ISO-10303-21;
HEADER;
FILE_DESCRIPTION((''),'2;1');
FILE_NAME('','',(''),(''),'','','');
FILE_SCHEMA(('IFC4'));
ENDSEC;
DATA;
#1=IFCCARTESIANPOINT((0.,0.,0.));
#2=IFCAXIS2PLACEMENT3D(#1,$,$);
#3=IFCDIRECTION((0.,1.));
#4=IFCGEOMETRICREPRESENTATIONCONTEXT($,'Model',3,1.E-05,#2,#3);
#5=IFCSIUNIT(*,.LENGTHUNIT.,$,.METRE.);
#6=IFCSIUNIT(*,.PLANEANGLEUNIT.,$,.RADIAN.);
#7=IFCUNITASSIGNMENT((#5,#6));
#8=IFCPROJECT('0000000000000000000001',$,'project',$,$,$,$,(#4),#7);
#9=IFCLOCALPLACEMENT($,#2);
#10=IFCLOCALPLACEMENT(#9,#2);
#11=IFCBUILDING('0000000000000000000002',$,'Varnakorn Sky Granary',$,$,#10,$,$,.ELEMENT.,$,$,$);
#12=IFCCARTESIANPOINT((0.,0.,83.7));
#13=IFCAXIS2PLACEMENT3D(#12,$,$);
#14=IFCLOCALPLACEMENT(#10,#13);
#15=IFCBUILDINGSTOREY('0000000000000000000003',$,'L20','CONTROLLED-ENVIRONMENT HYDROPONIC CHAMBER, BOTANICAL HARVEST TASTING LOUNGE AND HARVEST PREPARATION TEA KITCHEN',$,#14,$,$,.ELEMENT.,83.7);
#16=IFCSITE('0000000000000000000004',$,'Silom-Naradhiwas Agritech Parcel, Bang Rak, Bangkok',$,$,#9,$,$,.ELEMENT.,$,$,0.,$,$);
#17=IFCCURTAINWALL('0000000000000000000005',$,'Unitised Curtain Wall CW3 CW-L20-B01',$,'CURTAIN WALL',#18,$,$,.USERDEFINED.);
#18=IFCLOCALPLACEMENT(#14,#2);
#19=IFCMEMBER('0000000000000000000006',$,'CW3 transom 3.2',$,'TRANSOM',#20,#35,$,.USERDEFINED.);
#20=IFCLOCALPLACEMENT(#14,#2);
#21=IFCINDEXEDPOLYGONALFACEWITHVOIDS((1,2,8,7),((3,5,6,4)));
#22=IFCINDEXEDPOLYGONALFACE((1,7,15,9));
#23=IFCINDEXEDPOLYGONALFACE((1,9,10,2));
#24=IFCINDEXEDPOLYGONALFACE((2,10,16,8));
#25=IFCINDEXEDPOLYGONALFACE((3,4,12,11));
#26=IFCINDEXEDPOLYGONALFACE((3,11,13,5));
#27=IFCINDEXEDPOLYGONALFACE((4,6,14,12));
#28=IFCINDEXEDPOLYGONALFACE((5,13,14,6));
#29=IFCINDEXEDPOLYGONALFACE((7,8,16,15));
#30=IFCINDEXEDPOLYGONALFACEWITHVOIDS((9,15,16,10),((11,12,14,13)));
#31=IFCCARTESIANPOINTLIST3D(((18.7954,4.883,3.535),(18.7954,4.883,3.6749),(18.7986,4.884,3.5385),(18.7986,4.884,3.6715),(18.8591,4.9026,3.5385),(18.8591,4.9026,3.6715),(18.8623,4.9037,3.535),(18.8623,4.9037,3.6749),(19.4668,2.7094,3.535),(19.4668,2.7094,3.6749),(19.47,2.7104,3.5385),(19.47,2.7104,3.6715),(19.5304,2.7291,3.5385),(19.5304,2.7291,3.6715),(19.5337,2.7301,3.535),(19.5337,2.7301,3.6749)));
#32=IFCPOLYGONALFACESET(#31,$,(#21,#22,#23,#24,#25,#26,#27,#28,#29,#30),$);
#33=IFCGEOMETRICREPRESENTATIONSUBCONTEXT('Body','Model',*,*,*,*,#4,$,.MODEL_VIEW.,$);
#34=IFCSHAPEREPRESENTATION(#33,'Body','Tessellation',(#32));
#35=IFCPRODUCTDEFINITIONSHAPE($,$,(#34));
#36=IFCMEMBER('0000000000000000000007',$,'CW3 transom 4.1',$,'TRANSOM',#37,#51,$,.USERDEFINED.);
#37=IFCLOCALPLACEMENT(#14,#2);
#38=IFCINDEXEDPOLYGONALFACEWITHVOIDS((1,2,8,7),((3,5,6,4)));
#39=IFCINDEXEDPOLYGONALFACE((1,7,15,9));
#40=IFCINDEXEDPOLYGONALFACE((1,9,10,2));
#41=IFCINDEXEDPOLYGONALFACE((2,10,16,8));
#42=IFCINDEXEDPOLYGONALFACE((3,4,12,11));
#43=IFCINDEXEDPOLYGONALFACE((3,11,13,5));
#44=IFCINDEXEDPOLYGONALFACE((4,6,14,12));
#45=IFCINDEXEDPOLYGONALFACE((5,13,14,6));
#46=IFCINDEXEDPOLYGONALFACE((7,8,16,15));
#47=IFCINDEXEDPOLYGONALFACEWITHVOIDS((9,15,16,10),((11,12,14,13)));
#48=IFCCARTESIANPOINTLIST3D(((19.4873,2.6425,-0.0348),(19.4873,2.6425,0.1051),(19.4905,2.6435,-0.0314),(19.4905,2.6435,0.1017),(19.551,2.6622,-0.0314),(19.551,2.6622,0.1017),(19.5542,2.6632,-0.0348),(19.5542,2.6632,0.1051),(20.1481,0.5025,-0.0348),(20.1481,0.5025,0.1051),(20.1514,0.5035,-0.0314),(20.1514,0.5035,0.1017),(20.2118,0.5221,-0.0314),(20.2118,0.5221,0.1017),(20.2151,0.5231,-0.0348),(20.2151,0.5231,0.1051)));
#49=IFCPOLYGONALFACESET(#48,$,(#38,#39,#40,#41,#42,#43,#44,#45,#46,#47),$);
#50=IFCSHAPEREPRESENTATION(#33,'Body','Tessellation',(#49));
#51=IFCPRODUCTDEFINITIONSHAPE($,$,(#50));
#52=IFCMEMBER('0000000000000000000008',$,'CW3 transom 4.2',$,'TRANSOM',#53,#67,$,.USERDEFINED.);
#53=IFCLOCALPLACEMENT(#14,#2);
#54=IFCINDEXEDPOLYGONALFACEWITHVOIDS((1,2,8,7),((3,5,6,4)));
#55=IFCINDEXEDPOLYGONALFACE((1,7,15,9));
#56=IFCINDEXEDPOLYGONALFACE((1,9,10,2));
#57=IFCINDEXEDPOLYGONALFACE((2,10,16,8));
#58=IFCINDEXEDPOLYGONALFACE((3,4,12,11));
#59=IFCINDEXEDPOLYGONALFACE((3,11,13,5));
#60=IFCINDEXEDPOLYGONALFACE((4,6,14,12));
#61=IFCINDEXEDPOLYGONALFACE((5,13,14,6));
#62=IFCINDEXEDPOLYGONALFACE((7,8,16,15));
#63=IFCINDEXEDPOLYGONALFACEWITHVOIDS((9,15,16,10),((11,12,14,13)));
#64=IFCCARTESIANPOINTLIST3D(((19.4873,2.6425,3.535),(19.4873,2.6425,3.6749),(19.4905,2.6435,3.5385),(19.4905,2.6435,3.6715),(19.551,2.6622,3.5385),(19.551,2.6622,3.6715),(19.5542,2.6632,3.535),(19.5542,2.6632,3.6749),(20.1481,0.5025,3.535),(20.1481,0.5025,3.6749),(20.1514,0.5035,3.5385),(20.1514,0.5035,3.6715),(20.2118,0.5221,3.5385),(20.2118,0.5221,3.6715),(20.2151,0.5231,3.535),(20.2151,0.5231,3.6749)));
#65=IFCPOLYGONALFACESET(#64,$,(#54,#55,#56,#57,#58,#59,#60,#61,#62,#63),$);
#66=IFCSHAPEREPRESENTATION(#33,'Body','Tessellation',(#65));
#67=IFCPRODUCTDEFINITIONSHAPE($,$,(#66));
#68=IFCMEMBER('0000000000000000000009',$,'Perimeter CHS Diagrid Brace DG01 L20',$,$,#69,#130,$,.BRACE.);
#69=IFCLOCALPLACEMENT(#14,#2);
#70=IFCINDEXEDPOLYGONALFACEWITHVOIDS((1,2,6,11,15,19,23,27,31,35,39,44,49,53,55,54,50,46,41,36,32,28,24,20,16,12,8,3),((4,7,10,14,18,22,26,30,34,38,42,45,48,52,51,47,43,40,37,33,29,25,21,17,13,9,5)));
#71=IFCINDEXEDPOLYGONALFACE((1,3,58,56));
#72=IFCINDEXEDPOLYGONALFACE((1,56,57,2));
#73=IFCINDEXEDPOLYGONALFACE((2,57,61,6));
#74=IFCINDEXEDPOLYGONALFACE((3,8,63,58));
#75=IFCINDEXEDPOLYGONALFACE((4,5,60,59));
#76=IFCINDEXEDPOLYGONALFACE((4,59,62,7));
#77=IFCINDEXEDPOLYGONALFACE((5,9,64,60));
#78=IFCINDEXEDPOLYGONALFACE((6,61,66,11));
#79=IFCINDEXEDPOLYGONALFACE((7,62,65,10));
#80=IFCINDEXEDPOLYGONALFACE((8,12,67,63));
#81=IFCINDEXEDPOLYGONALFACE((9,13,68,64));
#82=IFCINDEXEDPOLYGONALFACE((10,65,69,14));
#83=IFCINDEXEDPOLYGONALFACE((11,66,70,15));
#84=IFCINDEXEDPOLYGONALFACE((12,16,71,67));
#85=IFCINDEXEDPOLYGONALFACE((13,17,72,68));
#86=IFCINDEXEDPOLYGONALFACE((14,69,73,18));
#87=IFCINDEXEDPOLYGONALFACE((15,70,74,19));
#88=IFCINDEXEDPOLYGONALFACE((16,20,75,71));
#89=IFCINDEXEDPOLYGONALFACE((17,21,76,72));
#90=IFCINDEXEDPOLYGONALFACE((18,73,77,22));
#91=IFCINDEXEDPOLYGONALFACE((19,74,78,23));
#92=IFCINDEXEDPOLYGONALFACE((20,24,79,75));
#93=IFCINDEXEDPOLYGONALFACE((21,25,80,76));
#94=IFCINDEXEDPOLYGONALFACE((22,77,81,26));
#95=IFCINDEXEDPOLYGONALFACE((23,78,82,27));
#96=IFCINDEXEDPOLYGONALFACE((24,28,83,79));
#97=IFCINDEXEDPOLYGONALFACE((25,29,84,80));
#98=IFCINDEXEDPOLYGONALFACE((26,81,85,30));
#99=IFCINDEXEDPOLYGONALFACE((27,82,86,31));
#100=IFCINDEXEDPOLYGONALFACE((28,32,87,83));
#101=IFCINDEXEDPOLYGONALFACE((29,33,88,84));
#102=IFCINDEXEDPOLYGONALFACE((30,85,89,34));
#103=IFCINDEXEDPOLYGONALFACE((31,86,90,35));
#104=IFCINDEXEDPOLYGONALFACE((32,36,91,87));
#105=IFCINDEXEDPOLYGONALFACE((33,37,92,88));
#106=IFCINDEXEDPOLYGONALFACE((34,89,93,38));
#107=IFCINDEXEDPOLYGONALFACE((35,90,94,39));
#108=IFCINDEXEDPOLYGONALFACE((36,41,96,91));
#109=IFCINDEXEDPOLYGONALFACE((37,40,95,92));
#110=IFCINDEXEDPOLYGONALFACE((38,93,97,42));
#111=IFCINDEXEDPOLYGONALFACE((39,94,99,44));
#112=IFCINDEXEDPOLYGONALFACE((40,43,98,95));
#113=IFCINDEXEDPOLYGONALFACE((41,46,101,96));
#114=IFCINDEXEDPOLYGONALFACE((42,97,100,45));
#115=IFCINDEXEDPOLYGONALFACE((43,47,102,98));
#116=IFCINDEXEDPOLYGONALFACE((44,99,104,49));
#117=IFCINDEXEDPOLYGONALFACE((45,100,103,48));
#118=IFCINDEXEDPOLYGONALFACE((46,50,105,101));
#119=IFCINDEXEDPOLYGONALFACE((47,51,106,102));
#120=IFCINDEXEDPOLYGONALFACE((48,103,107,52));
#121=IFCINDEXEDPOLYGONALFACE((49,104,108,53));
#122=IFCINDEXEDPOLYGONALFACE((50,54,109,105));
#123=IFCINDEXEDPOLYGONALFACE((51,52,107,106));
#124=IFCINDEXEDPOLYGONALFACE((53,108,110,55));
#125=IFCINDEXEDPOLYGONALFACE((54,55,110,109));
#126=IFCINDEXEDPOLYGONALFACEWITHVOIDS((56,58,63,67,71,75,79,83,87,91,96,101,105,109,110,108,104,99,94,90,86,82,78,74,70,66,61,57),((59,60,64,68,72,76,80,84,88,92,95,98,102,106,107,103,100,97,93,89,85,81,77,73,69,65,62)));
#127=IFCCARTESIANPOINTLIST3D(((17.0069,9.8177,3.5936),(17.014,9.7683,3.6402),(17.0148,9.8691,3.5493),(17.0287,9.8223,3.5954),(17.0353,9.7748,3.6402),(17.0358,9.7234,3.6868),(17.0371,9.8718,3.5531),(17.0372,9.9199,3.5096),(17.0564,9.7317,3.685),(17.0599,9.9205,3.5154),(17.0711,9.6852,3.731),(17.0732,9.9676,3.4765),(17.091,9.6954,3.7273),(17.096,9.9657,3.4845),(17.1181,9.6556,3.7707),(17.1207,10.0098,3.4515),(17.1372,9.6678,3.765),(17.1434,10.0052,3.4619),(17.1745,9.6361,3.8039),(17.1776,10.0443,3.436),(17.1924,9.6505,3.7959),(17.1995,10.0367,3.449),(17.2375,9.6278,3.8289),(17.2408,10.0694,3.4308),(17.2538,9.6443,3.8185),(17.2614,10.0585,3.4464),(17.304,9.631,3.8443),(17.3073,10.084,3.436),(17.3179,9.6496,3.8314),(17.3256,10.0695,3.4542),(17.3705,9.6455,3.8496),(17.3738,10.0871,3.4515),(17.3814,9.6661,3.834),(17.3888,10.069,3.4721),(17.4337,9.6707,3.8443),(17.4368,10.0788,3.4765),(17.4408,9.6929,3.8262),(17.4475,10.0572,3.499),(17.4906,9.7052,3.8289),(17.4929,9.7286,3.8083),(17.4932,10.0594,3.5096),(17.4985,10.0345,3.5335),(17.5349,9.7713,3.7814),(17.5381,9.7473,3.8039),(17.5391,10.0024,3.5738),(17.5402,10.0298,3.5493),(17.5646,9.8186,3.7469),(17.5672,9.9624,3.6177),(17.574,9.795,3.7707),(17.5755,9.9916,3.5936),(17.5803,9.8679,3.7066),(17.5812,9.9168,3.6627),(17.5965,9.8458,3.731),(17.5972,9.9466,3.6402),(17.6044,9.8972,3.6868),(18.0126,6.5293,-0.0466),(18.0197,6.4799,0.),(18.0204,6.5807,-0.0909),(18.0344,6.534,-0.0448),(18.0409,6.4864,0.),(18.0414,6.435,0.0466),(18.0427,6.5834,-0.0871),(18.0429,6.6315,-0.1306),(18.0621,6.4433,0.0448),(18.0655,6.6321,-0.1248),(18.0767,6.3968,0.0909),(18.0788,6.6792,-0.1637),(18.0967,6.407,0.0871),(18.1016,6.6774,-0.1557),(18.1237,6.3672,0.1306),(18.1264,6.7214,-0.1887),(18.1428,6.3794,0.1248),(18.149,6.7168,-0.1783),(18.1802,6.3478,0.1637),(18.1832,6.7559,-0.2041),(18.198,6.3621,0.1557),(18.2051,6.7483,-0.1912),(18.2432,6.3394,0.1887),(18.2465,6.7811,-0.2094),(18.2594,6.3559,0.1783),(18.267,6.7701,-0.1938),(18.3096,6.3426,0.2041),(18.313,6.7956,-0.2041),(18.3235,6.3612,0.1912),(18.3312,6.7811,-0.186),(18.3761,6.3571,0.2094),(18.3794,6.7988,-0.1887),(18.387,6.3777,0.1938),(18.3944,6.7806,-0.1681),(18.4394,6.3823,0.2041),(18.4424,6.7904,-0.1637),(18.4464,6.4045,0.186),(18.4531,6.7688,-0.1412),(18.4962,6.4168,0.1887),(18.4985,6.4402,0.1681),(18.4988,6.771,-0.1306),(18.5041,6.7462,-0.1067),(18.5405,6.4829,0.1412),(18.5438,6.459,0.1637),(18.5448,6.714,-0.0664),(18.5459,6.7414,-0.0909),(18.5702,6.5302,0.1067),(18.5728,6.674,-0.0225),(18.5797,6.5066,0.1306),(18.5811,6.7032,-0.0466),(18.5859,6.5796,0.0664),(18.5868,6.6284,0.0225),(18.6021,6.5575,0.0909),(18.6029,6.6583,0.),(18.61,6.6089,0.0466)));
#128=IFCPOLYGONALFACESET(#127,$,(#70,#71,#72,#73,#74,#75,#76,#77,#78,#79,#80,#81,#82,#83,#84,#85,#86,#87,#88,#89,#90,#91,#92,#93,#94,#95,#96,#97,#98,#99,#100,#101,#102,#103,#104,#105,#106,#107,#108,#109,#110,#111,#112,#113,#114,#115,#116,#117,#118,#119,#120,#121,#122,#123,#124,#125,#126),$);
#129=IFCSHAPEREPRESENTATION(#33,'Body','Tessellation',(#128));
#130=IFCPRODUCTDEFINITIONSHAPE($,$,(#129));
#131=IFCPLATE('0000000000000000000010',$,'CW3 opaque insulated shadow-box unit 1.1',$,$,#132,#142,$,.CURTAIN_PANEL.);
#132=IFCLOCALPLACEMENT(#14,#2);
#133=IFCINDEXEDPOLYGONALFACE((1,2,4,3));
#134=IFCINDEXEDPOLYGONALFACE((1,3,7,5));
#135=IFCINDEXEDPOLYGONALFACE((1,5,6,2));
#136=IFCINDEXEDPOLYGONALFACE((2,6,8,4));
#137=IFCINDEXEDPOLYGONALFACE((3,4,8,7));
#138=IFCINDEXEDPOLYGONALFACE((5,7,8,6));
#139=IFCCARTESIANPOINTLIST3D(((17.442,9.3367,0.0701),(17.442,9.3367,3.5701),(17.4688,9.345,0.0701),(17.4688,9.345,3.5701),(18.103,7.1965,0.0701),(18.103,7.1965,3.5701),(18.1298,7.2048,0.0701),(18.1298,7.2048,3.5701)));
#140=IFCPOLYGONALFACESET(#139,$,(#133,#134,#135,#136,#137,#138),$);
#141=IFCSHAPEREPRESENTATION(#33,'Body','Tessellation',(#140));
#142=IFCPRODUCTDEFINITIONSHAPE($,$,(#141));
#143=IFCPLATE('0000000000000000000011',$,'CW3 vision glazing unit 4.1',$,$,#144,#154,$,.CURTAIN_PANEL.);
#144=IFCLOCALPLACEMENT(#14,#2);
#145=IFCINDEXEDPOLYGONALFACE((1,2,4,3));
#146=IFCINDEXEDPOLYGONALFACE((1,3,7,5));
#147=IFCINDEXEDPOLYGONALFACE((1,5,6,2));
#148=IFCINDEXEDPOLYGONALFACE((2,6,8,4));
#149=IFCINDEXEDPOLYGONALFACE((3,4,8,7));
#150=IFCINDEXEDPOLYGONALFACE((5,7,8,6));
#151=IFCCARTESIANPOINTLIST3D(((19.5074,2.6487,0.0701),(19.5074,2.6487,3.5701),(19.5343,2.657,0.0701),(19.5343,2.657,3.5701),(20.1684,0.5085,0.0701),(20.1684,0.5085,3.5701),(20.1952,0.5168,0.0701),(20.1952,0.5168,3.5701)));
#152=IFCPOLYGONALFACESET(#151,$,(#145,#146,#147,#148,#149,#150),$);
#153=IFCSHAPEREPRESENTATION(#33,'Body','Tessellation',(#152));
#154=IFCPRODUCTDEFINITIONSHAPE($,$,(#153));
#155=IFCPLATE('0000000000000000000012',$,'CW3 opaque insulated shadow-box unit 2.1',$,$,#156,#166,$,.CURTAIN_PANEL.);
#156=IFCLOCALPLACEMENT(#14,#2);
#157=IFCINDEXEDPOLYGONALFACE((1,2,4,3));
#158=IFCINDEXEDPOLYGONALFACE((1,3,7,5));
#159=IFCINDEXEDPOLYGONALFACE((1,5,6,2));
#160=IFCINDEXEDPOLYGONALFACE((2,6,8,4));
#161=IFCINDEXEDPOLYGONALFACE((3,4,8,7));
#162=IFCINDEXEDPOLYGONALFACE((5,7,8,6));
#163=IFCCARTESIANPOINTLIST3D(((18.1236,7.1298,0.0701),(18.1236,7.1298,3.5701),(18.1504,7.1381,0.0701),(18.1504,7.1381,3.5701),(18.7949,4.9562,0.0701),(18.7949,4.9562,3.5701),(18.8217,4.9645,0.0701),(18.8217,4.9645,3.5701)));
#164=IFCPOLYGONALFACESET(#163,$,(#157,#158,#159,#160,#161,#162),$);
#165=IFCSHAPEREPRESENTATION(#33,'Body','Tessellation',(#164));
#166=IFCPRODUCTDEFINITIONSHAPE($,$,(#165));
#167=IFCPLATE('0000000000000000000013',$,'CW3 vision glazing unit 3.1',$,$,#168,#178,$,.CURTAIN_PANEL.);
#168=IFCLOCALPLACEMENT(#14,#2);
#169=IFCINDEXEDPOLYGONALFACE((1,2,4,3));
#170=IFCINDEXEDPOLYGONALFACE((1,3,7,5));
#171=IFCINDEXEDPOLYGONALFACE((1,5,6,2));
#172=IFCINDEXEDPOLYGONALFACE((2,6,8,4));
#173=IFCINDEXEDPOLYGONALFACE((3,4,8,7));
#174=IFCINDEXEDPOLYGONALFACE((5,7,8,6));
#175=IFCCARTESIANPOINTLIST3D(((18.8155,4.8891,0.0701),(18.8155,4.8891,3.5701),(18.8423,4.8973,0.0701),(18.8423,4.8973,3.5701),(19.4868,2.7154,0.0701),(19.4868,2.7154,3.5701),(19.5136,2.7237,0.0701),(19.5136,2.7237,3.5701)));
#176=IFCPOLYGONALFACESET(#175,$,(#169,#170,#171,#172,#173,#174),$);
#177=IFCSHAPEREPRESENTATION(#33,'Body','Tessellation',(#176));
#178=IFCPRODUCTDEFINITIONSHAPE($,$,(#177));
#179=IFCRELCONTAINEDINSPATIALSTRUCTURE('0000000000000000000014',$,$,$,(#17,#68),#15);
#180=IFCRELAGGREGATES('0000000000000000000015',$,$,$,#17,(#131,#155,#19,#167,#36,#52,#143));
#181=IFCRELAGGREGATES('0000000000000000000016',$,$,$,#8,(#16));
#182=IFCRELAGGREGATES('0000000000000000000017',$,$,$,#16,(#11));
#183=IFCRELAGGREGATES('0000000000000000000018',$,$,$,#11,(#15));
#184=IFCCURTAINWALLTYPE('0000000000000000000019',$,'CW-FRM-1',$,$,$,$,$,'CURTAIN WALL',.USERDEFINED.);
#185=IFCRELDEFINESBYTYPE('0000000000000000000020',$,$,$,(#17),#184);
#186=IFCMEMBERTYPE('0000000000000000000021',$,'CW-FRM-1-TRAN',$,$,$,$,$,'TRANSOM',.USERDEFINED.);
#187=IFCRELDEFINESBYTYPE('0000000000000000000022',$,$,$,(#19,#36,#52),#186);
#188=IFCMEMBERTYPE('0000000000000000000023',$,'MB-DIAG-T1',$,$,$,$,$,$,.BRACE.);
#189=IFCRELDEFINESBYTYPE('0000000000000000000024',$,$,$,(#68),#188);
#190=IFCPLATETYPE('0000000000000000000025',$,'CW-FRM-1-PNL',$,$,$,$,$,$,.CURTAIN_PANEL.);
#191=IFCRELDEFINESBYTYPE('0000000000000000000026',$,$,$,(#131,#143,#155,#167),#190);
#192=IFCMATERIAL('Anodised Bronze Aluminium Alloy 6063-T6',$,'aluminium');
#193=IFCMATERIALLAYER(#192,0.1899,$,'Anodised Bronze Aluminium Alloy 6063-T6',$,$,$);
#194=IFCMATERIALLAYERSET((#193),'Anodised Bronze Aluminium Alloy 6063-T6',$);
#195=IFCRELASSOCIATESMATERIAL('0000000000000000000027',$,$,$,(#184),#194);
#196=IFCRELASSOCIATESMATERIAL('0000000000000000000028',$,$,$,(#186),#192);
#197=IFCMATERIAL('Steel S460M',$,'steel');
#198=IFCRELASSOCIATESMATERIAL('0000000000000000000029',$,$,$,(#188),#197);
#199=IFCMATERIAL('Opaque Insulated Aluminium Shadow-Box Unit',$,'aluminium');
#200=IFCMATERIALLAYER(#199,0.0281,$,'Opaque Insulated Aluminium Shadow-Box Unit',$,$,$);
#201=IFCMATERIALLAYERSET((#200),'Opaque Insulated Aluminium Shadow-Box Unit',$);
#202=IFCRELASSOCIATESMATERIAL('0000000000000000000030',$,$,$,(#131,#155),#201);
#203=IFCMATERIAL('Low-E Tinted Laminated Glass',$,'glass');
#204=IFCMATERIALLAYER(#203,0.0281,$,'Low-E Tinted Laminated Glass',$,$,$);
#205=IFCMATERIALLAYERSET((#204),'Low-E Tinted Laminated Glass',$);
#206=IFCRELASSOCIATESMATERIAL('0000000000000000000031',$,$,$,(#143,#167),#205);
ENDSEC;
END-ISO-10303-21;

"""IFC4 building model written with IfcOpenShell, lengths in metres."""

from ifc_helpers import new_model, si_unit, direction, frame, origin, origin_2d, place, context, subcontext, project, spatial, rectangle, hollow_rectangle, hollow_circle, extrude, source, transform, mapped, material, layer, layer_set, material_profile, profile_set, type_object, type_shapes, element, aggregate, save


model = new_model("IFC4")

# Units and contexts
model_context = context("Model", 3, precision=1e-05, world=origin(), true_north=direction((0.0, 1.0)))
body_context = subcontext(model_context, "Body", "Model", "MODEL_VIEW")
ifc_project = project(units=[si_unit("LENGTHUNIT", "METRE"), si_unit("PLANEANGLEUNIT", "RADIAN")], contexts=[model_context])

# Site, building, storey
site_placement = place(None, origin())
site = spatial("IfcSite", under=ifc_project, at=site_placement, Name="Silom-Naradhiwas Agritech Parcel, Bang Rak, Bangkok", CompositionType="ELEMENT", RefElevation=0.0)
building_placement = place(site_placement, origin())
building = spatial("IfcBuilding", under=site, at=building_placement, Name="Varnakorn Sky Granary", CompositionType="ELEMENT")
storey_placement = place(building_placement, frame((0.0, 0.0, 83.7)))
storey = spatial("IfcBuildingStorey", under=building, at=storey_placement, Name="L20", Description="CONTROLLED-ENVIRONMENT HYDROPONIC CHAMBER, BOTANICAL HARVEST TASTING LOUNGE AND HARVEST PREPARATION TEA KITCHEN", CompositionType="ELEMENT", Elevation=83.7)

# Curtain wall, members
ifc_material_1 = material(Name="Anodised Bronze Aluminium Alloy 6063-T6", Category="aluminium")
ifc_layer_1 = layer(ifc_material_1, 0.1899, Name="Anodised Bronze Aluminium Alloy 6063-T6")
ifc_layer_set_1 = layer_set([ifc_layer_1], Name="Anodised Bronze Aluminium Alloy 6063-T6")
curtain_wall_type = type_object("IfcCurtainWallType", Name="CW-FRM-1", ElementType="CURTAIN WALL", PredefinedType="USERDEFINED", material=ifc_layer_set_1)
curtain_wall_placement = place(storey_placement, origin())
curtain_wall = element("IfcCurtainWall", 1, at=curtain_wall_placement, inside=storey, type_object=curtain_wall_type, Name="Unitised Curtain Wall CW3 CW-L20-B01", ObjectType="CURTAIN WALL", PredefinedType="USERDEFINED")
ifc_material_profile_1 = material_profile(ifc_material_1, hollow_rectangle(XDim=0.0701, YDim=0.1399, WallThickness=0.0034, at=origin_2d()), Name="ALU TRAN 70x140")
ifc_profile_set_1 = profile_set([ifc_material_profile_1], Name="Anodised Bronze Aluminium Alloy 6063-T6")
member_type_1 = type_object("IfcMemberType", Name="CW-FRM-1-TRAN", ElementType="TRANSOM", PredefinedType="USERDEFINED", material=ifc_profile_set_1)
member_1_placement = place(storey_placement, frame((18.8289, 4.8933, 3.605), z_axis=(0.295126, -0.955458, 0.0), x_axis=(0.955458, 0.295126, 0.0)))
member_1 = element("IfcMember", 2, at=member_1_placement, type_object=member_type_1, Name="CW3 transom 3.2", ObjectType="TRANSOM", PredefinedType="USERDEFINED", context=body_context, shape_type="SweptSolid", body=[
    extrude(hollow_rectangle(XDim=0.0701, YDim=0.1399, WallThickness=0.0034, at=origin_2d()), origin(), (0.0, 0.0, 1.0), 2.2749),
])
member_2_placement = place(storey_placement, frame((19.5208, 2.6528, 0.0352), z_axis=(0.295058, -0.955479, 0.0), x_axis=(0.955479, 0.295058, 0.0)))
member_2 = element("IfcMember", 3, at=member_2_placement, type_object=member_type_1, Name="CW3 transom 4.1", ObjectType="TRANSOM", PredefinedType="USERDEFINED", context=body_context, shape_type="SweptSolid", body=[
    extrude(hollow_rectangle(XDim=0.0701, YDim=0.1399, WallThickness=0.0034, at=origin_2d()), origin(), (0.0, 0.0, 1.0), 2.2397),
])
member_3_placement = place(storey_placement, frame((19.5208, 2.6528, 3.605), z_axis=(0.295058, -0.955479, 0.0), x_axis=(0.955479, 0.295058, 0.0)))
member_3 = element("IfcMember", 4, at=member_3_placement, type_object=member_type_1, Name="CW3 transom 4.2", ObjectType="TRANSOM", PredefinedType="USERDEFINED", context=body_context, shape_type="SweptSolid", body=[
    extrude(hollow_rectangle(XDim=0.0701, YDim=0.1399, WallThickness=0.0034, at=origin_2d()), origin(), (0.0, 0.0, 1.0), 2.2397),
])

# Member
ifc_material_2 = material(Name="Steel S460M", Category="steel")
ifc_material_profile_2 = material_profile(ifc_material_2, hollow_circle(Radius=0.3049, WallThickness=0.0222, at=origin_2d()), Name="CHS 610x22")
ifc_profile_set_2 = profile_set([ifc_material_profile_2], Name="Steel S460M")
member_type_2 = type_object("IfcMemberType", Name="MB-DIAG-T1", PredefinedType="BRACE", material=ifc_profile_set_2)
member_4_placement = place(storey_placement, frame((18.3113, 6.5691, 0.0), z_axis=(-0.200822, 0.656682, 0.726938), x_axis=(-0.956283, -0.292444, 0.0)))
element("IfcMember", 5, at=member_4_placement, inside=storey, type_object=member_type_2, Name="Perimeter CHS Diagrid Brace DG01 L20", PredefinedType="BRACE", context=body_context, shape_type="SweptSolid", body=[
    extrude(hollow_circle(Radius=0.3049, WallThickness=0.0222, at=origin_2d()), origin(), (0.0, 0.0, 1.0), 5.0076),
])

# Plates
ifc_material_3 = material(Name="Opaque Insulated Aluminium Shadow-Box Unit", Category="aluminium")
ifc_layer_2 = layer(ifc_material_3, 0.0281, Name="Opaque Insulated Aluminium Shadow-Box Unit")
ifc_layer_set_2 = layer_set([ifc_layer_2], Name="Opaque Insulated Aluminium Shadow-Box Unit")
plate_type = type_object("IfcPlateType", Name="CW-FRM-1-PNL", PredefinedType="CURTAIN_PANEL")
shared_shape_1 = source(origin(), body_context, "Body", "SweptSolid", [
    extrude(rectangle(XDim=2.24, YDim=0.0281, at=origin_2d()), origin(), (0.0, 0.0, 1.0), 3.5),
])
plate_1_placement = place(storey_placement, frame((17.7859, 8.2708, 0.0701), z_axis=(0.0, 0.0, 1.0), x_axis=(0.295072, -0.955475, 0.0)))
plate_1 = element("IfcPlate", 6, at=plate_1_placement, type_object=plate_type, material=ifc_layer_set_2, Name="CW3 opaque insulated shadow-box unit 1.1", PredefinedType="CURTAIN_PANEL", context=body_context, shape_type="MappedRepresentation", body=[
    mapped(shared_shape_1, transform((0.0, 0.0, 0.0), x_axis=(1.0, 0.0, 0.0), y_axis=(0.0, 1.0, 0.0), z_axis=(0.0, 0.0, 1.0), scale=1.0)),
])
ifc_material_4 = material(Name="Low-E Tinted Laminated Glass", Category="glass")
ifc_layer_3 = layer(ifc_material_4, 0.0281, Name="Low-E Tinted Laminated Glass")
ifc_layer_set_3 = layer_set([ifc_layer_3], Name="Low-E Tinted Laminated Glass")
plate_2_placement = place(storey_placement, frame((19.8513, 1.5828, 0.0701), z_axis=(0.0, 0.0, 1.0), x_axis=(0.295072, -0.955475, 0.0)))
plate_2 = element("IfcPlate", 7, at=plate_2_placement, type_object=plate_type, material=ifc_layer_set_3, Name="CW3 vision glazing unit 4.1", PredefinedType="CURTAIN_PANEL", context=body_context, shape_type="MappedRepresentation", body=[
    mapped(shared_shape_1, transform((0.0, 0.0, 0.0), x_axis=(1.0, 0.0, 0.0), y_axis=(0.0, 1.0, 0.0), z_axis=(0.0, 0.0, 1.0), scale=1.0)),
])
shared_shape_2 = source(origin(), body_context, "Body", "SweptSolid", [
    extrude(rectangle(XDim=2.2749, YDim=0.0281, at=origin_2d()), origin(), (0.0, 0.0, 1.0), 3.5),
])
type_shapes(plate_type, [shared_shape_1, shared_shape_2])
plate_3_placement = place(storey_placement, frame((18.4727, 6.0471, 0.0701), z_axis=(0.0, 0.0, 1.0), x_axis=(0.295072, -0.955475, 0.0)))
plate_3 = element("IfcPlate", 8, at=plate_3_placement, type_object=plate_type, material=ifc_layer_set_2, Name="CW3 opaque insulated shadow-box unit 2.1", PredefinedType="CURTAIN_PANEL", context=body_context, shape_type="MappedRepresentation", body=[
    mapped(shared_shape_2, transform((0.0, 0.0, 0.0), x_axis=(1.0, 0.0, 0.0), y_axis=(0.0, 1.0, 0.0), z_axis=(0.0, 0.0, 1.0), scale=1.0)),
])
plate_4_placement = place(storey_placement, frame((19.1646, 3.8064, 0.0701), z_axis=(0.0, 0.0, 1.0), x_axis=(0.295072, -0.955475, 0.0)))
plate_4 = element("IfcPlate", 9, at=plate_4_placement, type_object=plate_type, material=ifc_layer_set_3, Name="CW3 vision glazing unit 3.1", PredefinedType="CURTAIN_PANEL", context=body_context, shape_type="MappedRepresentation", body=[
    mapped(shared_shape_2, transform((0.0, 0.0, 0.0), x_axis=(1.0, 0.0, 0.0), y_axis=(0.0, 1.0, 0.0), z_axis=(0.0, 0.0, 1.0), scale=1.0)),
])
aggregate(curtain_wall, [plate_1, plate_3, member_1, plate_4, member_2, member_3, plate_2])

save(model, "model.ifc")
